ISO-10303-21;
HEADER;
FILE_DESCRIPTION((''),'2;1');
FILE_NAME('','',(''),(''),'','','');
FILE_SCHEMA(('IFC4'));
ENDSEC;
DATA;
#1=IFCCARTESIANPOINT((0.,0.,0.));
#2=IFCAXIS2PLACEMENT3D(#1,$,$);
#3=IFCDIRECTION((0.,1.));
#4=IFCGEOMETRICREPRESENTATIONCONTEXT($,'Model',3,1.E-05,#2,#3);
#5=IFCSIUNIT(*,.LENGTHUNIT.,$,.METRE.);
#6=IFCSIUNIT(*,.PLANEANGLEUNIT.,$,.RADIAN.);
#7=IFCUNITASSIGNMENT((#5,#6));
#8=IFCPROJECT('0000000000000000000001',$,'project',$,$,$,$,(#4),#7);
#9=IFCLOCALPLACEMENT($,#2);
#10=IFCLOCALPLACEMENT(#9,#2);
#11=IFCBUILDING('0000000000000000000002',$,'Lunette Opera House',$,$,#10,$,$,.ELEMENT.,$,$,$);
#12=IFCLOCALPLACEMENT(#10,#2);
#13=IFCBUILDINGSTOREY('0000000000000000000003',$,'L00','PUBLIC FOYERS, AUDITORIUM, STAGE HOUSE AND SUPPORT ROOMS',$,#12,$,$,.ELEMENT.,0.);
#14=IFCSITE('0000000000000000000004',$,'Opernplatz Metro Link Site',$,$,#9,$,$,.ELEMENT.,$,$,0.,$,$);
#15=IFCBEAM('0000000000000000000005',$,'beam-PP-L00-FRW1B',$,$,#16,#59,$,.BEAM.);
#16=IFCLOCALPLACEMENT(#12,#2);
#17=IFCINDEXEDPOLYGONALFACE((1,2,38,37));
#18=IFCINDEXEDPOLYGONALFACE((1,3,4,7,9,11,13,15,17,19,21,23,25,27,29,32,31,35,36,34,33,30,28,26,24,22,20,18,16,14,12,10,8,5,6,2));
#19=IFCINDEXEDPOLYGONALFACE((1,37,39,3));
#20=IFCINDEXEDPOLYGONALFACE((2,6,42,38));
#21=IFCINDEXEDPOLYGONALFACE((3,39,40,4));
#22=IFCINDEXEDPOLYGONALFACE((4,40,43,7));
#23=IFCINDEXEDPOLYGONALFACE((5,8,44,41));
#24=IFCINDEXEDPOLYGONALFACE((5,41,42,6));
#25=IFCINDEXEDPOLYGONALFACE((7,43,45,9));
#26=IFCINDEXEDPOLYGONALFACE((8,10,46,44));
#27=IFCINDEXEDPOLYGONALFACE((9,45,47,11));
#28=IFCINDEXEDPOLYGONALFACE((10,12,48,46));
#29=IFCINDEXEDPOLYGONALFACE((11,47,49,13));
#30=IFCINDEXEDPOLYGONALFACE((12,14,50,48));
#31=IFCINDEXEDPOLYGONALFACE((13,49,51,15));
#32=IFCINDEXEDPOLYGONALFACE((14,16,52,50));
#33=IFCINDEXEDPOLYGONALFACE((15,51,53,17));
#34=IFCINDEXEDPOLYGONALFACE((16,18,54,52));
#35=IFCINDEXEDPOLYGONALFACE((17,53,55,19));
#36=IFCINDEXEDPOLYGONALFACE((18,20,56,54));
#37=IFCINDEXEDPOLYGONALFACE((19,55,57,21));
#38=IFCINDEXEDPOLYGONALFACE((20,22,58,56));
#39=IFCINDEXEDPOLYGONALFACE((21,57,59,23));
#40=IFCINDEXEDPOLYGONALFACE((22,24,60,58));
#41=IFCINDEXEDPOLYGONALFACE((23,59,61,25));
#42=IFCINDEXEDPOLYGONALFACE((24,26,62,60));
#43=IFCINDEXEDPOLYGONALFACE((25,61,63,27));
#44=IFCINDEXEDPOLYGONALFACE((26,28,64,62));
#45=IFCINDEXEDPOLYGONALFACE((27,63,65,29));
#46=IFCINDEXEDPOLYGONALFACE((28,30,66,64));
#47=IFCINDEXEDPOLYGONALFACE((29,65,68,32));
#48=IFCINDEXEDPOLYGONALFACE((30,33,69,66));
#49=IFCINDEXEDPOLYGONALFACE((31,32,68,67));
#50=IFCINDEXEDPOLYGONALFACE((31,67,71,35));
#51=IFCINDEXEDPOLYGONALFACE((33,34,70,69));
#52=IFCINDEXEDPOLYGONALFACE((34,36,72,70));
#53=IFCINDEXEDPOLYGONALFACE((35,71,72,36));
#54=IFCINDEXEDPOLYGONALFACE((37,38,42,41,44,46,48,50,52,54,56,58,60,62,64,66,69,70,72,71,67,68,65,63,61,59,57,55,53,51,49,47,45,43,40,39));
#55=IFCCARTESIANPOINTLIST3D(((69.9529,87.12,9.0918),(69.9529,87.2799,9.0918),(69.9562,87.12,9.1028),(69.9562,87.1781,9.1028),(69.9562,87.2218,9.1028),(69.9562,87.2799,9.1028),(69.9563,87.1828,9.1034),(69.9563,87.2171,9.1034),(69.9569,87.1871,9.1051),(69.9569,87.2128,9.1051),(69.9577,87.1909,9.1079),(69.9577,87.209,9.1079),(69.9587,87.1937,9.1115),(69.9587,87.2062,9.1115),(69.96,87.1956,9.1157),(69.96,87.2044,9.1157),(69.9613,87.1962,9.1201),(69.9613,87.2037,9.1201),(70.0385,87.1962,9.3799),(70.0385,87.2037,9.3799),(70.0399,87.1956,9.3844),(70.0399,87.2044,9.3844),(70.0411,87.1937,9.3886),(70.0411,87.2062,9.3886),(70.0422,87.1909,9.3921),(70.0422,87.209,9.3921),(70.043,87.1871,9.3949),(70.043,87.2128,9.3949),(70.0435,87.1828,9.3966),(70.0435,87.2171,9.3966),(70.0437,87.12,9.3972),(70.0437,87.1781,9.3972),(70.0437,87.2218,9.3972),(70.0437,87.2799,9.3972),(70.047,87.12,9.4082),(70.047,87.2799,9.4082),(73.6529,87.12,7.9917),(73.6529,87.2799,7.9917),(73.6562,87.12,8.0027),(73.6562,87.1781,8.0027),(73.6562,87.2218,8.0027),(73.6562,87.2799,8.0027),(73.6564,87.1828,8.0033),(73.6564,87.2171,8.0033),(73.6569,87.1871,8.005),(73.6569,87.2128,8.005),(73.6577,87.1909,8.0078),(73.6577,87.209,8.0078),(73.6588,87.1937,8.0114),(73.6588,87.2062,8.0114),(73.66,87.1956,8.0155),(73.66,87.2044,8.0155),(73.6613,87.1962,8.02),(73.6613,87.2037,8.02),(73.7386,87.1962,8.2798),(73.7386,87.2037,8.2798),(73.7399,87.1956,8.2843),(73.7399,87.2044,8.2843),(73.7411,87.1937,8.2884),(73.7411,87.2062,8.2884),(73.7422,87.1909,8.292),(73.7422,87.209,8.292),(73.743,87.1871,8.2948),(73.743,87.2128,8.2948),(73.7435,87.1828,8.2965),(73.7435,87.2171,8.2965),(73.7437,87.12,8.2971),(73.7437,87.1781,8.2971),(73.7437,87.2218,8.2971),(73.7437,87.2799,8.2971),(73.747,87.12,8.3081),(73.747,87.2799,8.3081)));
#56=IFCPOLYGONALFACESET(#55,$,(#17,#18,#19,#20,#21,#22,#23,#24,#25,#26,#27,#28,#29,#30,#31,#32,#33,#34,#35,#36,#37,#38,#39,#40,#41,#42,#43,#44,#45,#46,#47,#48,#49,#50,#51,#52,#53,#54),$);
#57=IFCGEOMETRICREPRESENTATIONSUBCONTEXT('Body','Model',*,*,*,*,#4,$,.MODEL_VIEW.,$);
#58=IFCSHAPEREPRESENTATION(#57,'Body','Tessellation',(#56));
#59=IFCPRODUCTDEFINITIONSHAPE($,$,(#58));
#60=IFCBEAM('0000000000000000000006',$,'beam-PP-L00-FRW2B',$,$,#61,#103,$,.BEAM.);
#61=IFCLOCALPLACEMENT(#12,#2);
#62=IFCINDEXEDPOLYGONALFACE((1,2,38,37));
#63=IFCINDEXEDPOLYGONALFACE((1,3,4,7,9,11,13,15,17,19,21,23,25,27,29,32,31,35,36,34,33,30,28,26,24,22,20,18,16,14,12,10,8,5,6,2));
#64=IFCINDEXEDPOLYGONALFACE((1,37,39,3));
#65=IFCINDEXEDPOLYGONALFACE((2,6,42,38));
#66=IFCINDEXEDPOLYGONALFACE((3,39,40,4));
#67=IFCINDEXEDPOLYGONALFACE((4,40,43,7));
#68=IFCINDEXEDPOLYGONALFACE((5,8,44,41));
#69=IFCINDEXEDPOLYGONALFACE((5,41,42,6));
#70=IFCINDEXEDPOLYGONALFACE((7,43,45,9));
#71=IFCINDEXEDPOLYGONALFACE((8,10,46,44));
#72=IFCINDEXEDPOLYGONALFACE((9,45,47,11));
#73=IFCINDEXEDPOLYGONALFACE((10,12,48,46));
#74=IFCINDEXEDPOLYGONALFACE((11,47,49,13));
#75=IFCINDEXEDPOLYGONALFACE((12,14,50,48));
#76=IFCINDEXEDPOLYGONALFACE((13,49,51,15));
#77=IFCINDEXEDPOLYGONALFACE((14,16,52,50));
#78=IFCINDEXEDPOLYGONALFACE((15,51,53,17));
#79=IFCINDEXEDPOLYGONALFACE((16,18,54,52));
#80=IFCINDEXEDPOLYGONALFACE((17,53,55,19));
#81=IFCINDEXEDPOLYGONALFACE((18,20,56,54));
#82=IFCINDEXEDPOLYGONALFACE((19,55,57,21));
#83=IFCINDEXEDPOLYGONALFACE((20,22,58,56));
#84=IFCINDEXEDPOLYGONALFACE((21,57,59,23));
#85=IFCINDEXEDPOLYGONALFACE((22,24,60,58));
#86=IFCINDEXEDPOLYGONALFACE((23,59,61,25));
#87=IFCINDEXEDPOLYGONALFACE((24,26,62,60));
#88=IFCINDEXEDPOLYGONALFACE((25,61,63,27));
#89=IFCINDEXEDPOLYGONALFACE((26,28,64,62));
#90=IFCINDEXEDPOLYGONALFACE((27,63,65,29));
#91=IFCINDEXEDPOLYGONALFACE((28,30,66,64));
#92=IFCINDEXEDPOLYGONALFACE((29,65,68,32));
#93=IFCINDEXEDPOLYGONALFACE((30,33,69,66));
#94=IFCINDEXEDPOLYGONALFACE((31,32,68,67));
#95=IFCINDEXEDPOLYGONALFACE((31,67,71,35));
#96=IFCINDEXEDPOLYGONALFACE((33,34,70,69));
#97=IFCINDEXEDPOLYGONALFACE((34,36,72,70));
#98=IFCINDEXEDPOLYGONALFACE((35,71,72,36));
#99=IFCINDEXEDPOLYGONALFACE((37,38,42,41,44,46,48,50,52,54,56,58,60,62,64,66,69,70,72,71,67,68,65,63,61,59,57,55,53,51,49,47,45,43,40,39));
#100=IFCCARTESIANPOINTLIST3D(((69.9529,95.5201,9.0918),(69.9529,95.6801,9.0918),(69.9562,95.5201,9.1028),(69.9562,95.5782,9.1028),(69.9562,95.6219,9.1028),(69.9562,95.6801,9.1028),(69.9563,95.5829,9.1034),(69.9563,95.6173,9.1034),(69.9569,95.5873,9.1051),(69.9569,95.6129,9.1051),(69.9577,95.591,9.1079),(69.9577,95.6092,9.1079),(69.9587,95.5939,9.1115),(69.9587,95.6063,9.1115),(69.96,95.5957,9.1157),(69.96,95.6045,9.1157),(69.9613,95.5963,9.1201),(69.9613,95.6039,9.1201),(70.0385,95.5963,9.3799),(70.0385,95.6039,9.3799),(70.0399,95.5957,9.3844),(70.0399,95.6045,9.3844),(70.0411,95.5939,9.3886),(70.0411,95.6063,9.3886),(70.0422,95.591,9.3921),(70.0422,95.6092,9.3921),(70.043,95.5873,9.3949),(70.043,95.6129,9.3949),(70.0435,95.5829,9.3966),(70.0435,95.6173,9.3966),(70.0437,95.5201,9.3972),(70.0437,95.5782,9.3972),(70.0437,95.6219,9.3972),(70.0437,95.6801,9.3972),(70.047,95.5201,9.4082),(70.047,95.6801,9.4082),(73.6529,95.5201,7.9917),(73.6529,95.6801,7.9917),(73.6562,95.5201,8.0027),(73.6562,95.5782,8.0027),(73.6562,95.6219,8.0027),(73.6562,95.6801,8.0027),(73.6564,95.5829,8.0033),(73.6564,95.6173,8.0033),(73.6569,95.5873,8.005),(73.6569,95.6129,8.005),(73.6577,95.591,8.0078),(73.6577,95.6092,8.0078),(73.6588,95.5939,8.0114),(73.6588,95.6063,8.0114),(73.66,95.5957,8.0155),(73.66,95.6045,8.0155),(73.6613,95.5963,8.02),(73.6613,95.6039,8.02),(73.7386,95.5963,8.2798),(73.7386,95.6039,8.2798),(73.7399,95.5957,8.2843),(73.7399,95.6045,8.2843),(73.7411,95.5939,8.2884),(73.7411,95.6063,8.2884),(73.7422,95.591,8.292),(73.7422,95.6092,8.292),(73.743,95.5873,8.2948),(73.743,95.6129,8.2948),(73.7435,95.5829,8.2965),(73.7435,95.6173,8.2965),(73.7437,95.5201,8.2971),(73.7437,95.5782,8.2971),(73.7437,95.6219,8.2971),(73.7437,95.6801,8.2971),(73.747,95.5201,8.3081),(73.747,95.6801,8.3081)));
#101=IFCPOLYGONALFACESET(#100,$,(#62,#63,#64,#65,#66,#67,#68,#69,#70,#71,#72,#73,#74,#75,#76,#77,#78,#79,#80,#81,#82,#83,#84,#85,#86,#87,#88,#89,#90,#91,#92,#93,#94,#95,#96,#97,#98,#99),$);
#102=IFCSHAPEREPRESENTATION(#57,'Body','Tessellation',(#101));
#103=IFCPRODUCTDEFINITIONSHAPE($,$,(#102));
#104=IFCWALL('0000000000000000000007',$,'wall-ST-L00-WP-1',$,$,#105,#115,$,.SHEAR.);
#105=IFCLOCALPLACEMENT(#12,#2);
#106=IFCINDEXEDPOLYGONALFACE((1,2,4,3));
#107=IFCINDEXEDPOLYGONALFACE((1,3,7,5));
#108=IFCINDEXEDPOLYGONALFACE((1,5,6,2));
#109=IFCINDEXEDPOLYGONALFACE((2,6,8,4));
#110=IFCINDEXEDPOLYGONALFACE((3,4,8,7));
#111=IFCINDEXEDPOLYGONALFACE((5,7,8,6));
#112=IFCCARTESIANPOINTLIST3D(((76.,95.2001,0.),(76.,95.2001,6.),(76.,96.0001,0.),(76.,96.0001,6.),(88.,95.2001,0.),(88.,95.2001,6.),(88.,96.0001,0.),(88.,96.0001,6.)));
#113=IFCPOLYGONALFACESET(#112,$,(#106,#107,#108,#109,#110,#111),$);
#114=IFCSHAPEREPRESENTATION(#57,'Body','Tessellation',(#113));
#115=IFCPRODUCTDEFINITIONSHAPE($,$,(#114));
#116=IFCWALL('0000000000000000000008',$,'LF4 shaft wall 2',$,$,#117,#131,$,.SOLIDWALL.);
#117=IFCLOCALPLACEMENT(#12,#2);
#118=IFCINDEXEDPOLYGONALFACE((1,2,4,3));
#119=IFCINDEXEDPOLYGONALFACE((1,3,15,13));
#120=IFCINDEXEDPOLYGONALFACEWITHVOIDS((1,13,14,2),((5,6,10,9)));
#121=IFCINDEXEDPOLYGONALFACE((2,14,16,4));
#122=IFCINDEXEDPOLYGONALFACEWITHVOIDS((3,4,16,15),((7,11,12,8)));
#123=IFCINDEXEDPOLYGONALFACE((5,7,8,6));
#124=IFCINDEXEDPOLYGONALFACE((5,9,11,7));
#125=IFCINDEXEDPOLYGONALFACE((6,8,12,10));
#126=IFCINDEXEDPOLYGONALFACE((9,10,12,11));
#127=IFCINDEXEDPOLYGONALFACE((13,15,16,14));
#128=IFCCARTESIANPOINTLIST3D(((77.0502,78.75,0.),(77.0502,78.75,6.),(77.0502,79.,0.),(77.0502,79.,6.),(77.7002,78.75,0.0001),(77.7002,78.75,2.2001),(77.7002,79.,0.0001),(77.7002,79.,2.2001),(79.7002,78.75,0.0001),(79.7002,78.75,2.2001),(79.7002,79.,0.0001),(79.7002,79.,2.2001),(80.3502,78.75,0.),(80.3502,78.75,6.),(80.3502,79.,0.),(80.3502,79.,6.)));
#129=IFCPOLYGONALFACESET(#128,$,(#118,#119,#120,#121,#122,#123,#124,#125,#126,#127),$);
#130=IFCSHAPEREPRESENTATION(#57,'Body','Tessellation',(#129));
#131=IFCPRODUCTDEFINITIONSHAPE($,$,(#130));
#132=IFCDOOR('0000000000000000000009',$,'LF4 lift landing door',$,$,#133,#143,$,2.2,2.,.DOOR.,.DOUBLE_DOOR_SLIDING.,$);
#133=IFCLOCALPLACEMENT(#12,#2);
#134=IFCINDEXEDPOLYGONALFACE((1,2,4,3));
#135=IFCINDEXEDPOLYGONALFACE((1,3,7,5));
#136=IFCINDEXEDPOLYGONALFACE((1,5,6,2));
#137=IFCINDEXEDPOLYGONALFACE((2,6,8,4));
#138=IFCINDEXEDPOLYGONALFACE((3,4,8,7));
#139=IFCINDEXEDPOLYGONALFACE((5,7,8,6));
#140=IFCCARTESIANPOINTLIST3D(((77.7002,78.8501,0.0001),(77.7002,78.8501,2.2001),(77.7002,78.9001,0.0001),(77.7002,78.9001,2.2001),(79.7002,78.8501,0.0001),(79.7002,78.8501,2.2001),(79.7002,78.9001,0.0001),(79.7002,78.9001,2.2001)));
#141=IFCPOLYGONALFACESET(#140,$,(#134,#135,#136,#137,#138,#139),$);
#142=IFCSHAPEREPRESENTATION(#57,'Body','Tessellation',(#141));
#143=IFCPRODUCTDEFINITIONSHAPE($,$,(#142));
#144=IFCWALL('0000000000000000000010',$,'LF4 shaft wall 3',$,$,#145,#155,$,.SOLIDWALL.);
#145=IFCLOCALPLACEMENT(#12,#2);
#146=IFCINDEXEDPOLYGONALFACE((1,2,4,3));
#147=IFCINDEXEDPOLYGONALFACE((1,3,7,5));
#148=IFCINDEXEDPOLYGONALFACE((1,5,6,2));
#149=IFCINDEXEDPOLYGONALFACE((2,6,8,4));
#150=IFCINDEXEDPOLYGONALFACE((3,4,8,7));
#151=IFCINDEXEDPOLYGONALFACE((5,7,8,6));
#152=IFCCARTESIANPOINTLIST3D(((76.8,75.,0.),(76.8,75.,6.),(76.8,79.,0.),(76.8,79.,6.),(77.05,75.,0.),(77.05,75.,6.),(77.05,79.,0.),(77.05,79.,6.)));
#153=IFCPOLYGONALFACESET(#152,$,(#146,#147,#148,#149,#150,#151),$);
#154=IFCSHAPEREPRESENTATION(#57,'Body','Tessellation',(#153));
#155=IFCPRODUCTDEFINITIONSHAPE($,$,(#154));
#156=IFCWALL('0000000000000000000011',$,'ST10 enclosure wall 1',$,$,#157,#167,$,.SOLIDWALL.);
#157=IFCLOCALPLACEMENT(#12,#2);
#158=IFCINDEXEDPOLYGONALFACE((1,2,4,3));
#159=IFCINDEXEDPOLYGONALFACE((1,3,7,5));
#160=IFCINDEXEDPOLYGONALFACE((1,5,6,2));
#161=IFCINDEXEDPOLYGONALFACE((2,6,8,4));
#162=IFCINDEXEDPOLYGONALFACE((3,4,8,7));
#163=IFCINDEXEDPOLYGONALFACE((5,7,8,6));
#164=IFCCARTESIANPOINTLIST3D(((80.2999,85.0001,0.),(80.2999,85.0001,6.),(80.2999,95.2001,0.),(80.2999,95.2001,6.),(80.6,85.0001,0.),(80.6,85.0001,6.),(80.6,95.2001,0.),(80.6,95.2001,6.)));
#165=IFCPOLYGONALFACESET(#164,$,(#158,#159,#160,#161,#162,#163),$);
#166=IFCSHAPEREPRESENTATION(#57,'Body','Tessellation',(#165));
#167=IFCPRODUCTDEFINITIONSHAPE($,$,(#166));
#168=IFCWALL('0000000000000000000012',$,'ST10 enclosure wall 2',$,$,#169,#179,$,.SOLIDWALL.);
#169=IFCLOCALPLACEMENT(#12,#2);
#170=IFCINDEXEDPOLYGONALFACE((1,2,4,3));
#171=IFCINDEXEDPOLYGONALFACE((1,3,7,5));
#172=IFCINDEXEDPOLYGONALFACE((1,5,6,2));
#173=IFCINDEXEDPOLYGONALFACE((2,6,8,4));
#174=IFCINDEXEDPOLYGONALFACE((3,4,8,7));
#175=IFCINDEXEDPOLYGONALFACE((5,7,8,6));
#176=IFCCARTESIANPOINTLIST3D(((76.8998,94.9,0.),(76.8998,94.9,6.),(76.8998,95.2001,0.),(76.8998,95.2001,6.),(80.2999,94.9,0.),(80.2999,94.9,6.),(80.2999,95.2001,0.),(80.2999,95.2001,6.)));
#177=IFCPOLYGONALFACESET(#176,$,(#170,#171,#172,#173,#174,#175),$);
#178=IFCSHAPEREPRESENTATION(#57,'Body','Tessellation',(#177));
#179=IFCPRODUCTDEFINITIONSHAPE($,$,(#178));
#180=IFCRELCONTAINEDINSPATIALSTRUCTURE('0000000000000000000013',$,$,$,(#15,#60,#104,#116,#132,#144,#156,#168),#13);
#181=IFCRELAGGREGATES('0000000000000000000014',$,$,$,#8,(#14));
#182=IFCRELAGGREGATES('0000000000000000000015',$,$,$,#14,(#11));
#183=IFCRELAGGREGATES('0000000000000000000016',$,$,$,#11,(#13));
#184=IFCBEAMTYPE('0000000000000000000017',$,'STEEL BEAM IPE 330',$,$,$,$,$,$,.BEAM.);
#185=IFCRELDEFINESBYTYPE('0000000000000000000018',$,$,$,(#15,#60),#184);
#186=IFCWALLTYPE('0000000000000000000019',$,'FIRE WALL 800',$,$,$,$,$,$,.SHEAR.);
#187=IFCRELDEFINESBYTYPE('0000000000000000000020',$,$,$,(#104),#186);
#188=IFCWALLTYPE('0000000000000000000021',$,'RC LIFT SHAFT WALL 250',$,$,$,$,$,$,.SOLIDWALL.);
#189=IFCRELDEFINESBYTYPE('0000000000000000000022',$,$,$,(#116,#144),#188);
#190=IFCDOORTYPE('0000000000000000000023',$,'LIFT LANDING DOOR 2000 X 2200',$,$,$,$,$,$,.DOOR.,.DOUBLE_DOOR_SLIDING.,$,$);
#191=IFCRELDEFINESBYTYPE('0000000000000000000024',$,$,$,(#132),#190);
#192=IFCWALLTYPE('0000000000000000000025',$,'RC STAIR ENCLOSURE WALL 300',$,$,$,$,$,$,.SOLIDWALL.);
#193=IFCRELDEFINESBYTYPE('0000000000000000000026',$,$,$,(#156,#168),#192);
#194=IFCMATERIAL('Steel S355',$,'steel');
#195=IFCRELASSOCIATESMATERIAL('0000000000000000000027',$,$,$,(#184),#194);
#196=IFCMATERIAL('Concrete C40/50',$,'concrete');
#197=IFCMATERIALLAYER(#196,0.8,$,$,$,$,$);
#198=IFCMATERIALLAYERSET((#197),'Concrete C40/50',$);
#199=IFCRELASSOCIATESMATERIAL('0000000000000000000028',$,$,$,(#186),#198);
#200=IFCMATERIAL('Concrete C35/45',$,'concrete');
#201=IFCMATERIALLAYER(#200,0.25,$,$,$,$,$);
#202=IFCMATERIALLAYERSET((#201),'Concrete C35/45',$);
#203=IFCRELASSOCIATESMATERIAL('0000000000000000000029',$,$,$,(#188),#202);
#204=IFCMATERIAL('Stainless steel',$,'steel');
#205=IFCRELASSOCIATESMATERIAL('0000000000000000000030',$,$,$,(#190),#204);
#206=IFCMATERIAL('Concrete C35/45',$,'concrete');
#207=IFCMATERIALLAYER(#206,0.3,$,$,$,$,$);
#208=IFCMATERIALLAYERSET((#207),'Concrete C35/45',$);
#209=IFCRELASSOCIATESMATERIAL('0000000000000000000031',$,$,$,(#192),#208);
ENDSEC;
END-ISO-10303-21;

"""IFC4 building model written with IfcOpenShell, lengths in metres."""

from ifc_helpers import new_model, si_unit, direction, frame, frame_2d, origin, origin_2d, place, context, subcontext, project, spatial, rectangle, i_section, extrude, material, layer, layer_set, material_profile, profile_set, type_object, element, fill, save


model = new_model("IFC4")

# Units and contexts
model_context = context("Model", 3, precision=1e-05, world=origin(), true_north=direction((0.0, 1.0)))
body_context = subcontext(model_context, "Body", "Model", "MODEL_VIEW")
ifc_project = project(units=[si_unit("LENGTHUNIT", "METRE"), si_unit("PLANEANGLEUNIT", "RADIAN")], contexts=[model_context])

# Site, building, storey
site_placement = place(None, origin())
site = spatial("IfcSite", under=ifc_project, at=site_placement, Name="Opernplatz Metro Link Site", CompositionType="ELEMENT", RefElevation=0.0)
building_placement = place(site_placement, origin())
building = spatial("IfcBuilding", under=site, at=building_placement, Name="Lunette Opera House", CompositionType="ELEMENT")
storey_placement = place(building_placement, origin())
storey = spatial("IfcBuildingStorey", under=building, at=storey_placement, Name="L00", Description="PUBLIC FOYERS, AUDITORIUM, STAGE HOUSE AND SUPPORT ROOMS", CompositionType="ELEMENT", Elevation=0.0)

# Beams
ifc_material_1 = material(Name="Steel S355", Category="steel")
ifc_material_profile_1 = material_profile(ifc_material_1, i_section(OverallWidth=0.1599, OverallDepth=0.3301, WebThickness=0.0076, FlangeThickness=0.0115, FilletRadius=0.0181, at=origin_2d()), Name="IPE 330")
ifc_profile_set_1 = profile_set([ifc_material_profile_1], Name="Steel S355")
beam_type_1 = type_object("IfcBeamType", Name="STEEL BEAM IPE 330", PredefinedType="BEAM", material=ifc_profile_set_1)
for number, where, z_axis, x_axis, name in (
    (1, (73.7, 87.2, 8.1499), (-0.958528, 0.0, 0.284997), (0.0, -1.0, 0.0), "beam-PP-L00-FRW1B"),
    (2, (73.7, 95.6001, 8.1499), (-0.958528, 0.0, 0.284997), (0.0, -1.0, 0.0), "beam-PP-L00-FRW2B"),
):
    element("IfcBeam", number, at=place(storey_placement, frame(where, z_axis=z_axis, x_axis=x_axis)), inside=storey, type_object=beam_type_1, Name=name, PredefinedType="BEAM", context=body_context, shape_type="SweptSolid", body=[
        extrude(i_section(OverallWidth=0.1599, OverallDepth=0.3301, WebThickness=0.0076, FlangeThickness=0.0115, FilletRadius=0.0181, at=origin_2d()), origin(), (0.0, 0.0, 1.0), 3.8601),
    ])

# Wall
ifc_material_2 = material(Name="Concrete C40/50", Category="concrete")
ifc_layer_1 = layer(ifc_material_2, 0.8)
ifc_layer_set_1 = layer_set([ifc_layer_1], Name="Concrete C40/50")
wall_type_1 = type_object("IfcWallType", Name="FIRE WALL 800", PredefinedType="SHEAR", material=ifc_layer_set_1)
wall_1_placement = place(storey_placement, frame((76.0, 95.6001, 0.0), z_axis=(0.0, 0.0, 1.0), x_axis=(1.0, 0.0, 0.0)))
element("IfcWall", 3, at=wall_1_placement, inside=storey, type_object=wall_type_1, Name="wall-ST-L00-WP-1", PredefinedType="SHEAR", context=body_context, shape_type="SweptSolid", body=[
    extrude(rectangle(XDim=12.0, YDim=0.8, at=frame_2d((6.0, 0.0))), origin(), (0.0, 0.0, 1.0), 6.0),
])

# Wall, opening, door
ifc_material_3 = material(Name="Concrete C35/45", Category="concrete")
ifc_layer_2 = layer(ifc_material_3, 0.25)
ifc_layer_set_2 = layer_set([ifc_layer_2], Name="Concrete C35/45")
wall_type_2 = type_object("IfcWallType", Name="RC LIFT SHAFT WALL 250", PredefinedType="SOLIDWALL", material=ifc_layer_set_2)
wall_2_placement = place(storey_placement, frame((80.3501, 78.875, 0.0), z_axis=(0.0, 0.0, 1.0), x_axis=(-1.0, 0.0, 0.0)))
wall_2 = element("IfcWall", 4, at=wall_2_placement, inside=storey, type_object=wall_type_2, Name="LF4 shaft wall 2", PredefinedType="SOLIDWALL", context=body_context, shape_type="SweptSolid", body=[
    extrude(rectangle(XDim=3.3, YDim=0.25, at=frame_2d((1.6499, 0.0))), origin(), (0.0, 0.0, 1.0), 6.0),
])
opening_1_placement = place(wall_2_placement, frame((0.6499, 0.0, 0.0)))
opening_1 = element("IfcOpeningElement", 5, at=opening_1_placement, cuts=wall_2, PredefinedType="OPENING", context=body_context, shape_type="SweptSolid", body=[
    extrude(rectangle(XDim=2.0, YDim=2.2, at=frame_2d((1.0, 1.1001))), frame((0.0, 0.137, 0.0), z_axis=(0.0, -1.0, 0.0), x_axis=(1.0, 0.0, 0.0)), (0.0, 0.0, 1.0), 0.2739),
])
ifc_material_4 = material(Name="Stainless steel", Category="steel")
door_type_1 = type_object("IfcDoorType", Name="LIFT LANDING DOOR 2000 X 2200", OperationType="DOUBLE_DOOR_SLIDING", PredefinedType="DOOR", material=ifc_material_4)
door_1_placement = place(opening_1_placement, origin())
door_1 = element("IfcDoor", 6, at=door_1_placement, inside=storey, type_object=door_type_1, Name="LF4 lift landing door", OperationType="DOUBLE_DOOR_SLIDING", OverallHeight=2.2, OverallWidth=2.0, PredefinedType="DOOR", context=body_context, shape_type="SweptSolid", body=[
    extrude(rectangle(XDim=2.0, YDim=2.2, at=frame_2d((1.0, 1.1001))), frame((0.0, 0.0249, 0.0), z_axis=(0.0, -1.0, 0.0), x_axis=(1.0, 0.0, 0.0)), (0.0, 0.0, 1.0), 0.05),
])
fill(opening_1, door_1)

# Walls
wall_3_placement = place(storey_placement, frame((76.925, 79.0, 0.0), z_axis=(0.0, 0.0, 1.0), x_axis=(0.0, -1.0, 0.0)))
element("IfcWall", 7, at=wall_3_placement, inside=storey, type_object=wall_type_2, Name="LF4 shaft wall 3", PredefinedType="SOLIDWALL", context=body_context, shape_type="SweptSolid", body=[
    extrude(rectangle(XDim=4.0, YDim=0.25, at=frame_2d((2.0, 0.0))), origin(), (0.0, 0.0, 1.0), 6.0),
])
ifc_material_5 = material(Name="Concrete C35/45", Category="concrete")
ifc_layer_3 = layer(ifc_material_5, 0.3)
ifc_layer_set_3 = layer_set([ifc_layer_3], Name="Concrete C35/45")
wall_type_3 = type_object("IfcWallType", Name="RC STAIR ENCLOSURE WALL 300", PredefinedType="SOLIDWALL", material=ifc_layer_set_3)
wall_4_placement = place(storey_placement, frame((80.45, 85.0, 0.0), z_axis=(0.0, 0.0, 1.0), x_axis=(0.0, 1.0, 0.0)))
element("IfcWall", 8, at=wall_4_placement, inside=storey, type_object=wall_type_3, Name="ST10 enclosure wall 1", PredefinedType="SOLIDWALL", context=body_context, shape_type="SweptSolid", body=[
    extrude(rectangle(XDim=10.2, YDim=0.3, at=frame_2d((5.1001, 0.0))), origin(), (0.0, 0.0, 1.0), 6.0),
])
wall_5_placement = place(storey_placement, frame((80.3, 95.05, 0.0), z_axis=(0.0, 0.0, 1.0), x_axis=(-1.0, 0.0, 0.0)))
element("IfcWall", 9, at=wall_5_placement, inside=storey, type_object=wall_type_3, Name="ST10 enclosure wall 2", PredefinedType="SOLIDWALL", context=body_context, shape_type="SweptSolid", body=[
    extrude(rectangle(XDim=3.4001, YDim=0.3, at=frame_2d((1.7002, 0.0))), origin(), (0.0, 0.0, 1.0), 6.0),
])

save(model, "model.ifc")
